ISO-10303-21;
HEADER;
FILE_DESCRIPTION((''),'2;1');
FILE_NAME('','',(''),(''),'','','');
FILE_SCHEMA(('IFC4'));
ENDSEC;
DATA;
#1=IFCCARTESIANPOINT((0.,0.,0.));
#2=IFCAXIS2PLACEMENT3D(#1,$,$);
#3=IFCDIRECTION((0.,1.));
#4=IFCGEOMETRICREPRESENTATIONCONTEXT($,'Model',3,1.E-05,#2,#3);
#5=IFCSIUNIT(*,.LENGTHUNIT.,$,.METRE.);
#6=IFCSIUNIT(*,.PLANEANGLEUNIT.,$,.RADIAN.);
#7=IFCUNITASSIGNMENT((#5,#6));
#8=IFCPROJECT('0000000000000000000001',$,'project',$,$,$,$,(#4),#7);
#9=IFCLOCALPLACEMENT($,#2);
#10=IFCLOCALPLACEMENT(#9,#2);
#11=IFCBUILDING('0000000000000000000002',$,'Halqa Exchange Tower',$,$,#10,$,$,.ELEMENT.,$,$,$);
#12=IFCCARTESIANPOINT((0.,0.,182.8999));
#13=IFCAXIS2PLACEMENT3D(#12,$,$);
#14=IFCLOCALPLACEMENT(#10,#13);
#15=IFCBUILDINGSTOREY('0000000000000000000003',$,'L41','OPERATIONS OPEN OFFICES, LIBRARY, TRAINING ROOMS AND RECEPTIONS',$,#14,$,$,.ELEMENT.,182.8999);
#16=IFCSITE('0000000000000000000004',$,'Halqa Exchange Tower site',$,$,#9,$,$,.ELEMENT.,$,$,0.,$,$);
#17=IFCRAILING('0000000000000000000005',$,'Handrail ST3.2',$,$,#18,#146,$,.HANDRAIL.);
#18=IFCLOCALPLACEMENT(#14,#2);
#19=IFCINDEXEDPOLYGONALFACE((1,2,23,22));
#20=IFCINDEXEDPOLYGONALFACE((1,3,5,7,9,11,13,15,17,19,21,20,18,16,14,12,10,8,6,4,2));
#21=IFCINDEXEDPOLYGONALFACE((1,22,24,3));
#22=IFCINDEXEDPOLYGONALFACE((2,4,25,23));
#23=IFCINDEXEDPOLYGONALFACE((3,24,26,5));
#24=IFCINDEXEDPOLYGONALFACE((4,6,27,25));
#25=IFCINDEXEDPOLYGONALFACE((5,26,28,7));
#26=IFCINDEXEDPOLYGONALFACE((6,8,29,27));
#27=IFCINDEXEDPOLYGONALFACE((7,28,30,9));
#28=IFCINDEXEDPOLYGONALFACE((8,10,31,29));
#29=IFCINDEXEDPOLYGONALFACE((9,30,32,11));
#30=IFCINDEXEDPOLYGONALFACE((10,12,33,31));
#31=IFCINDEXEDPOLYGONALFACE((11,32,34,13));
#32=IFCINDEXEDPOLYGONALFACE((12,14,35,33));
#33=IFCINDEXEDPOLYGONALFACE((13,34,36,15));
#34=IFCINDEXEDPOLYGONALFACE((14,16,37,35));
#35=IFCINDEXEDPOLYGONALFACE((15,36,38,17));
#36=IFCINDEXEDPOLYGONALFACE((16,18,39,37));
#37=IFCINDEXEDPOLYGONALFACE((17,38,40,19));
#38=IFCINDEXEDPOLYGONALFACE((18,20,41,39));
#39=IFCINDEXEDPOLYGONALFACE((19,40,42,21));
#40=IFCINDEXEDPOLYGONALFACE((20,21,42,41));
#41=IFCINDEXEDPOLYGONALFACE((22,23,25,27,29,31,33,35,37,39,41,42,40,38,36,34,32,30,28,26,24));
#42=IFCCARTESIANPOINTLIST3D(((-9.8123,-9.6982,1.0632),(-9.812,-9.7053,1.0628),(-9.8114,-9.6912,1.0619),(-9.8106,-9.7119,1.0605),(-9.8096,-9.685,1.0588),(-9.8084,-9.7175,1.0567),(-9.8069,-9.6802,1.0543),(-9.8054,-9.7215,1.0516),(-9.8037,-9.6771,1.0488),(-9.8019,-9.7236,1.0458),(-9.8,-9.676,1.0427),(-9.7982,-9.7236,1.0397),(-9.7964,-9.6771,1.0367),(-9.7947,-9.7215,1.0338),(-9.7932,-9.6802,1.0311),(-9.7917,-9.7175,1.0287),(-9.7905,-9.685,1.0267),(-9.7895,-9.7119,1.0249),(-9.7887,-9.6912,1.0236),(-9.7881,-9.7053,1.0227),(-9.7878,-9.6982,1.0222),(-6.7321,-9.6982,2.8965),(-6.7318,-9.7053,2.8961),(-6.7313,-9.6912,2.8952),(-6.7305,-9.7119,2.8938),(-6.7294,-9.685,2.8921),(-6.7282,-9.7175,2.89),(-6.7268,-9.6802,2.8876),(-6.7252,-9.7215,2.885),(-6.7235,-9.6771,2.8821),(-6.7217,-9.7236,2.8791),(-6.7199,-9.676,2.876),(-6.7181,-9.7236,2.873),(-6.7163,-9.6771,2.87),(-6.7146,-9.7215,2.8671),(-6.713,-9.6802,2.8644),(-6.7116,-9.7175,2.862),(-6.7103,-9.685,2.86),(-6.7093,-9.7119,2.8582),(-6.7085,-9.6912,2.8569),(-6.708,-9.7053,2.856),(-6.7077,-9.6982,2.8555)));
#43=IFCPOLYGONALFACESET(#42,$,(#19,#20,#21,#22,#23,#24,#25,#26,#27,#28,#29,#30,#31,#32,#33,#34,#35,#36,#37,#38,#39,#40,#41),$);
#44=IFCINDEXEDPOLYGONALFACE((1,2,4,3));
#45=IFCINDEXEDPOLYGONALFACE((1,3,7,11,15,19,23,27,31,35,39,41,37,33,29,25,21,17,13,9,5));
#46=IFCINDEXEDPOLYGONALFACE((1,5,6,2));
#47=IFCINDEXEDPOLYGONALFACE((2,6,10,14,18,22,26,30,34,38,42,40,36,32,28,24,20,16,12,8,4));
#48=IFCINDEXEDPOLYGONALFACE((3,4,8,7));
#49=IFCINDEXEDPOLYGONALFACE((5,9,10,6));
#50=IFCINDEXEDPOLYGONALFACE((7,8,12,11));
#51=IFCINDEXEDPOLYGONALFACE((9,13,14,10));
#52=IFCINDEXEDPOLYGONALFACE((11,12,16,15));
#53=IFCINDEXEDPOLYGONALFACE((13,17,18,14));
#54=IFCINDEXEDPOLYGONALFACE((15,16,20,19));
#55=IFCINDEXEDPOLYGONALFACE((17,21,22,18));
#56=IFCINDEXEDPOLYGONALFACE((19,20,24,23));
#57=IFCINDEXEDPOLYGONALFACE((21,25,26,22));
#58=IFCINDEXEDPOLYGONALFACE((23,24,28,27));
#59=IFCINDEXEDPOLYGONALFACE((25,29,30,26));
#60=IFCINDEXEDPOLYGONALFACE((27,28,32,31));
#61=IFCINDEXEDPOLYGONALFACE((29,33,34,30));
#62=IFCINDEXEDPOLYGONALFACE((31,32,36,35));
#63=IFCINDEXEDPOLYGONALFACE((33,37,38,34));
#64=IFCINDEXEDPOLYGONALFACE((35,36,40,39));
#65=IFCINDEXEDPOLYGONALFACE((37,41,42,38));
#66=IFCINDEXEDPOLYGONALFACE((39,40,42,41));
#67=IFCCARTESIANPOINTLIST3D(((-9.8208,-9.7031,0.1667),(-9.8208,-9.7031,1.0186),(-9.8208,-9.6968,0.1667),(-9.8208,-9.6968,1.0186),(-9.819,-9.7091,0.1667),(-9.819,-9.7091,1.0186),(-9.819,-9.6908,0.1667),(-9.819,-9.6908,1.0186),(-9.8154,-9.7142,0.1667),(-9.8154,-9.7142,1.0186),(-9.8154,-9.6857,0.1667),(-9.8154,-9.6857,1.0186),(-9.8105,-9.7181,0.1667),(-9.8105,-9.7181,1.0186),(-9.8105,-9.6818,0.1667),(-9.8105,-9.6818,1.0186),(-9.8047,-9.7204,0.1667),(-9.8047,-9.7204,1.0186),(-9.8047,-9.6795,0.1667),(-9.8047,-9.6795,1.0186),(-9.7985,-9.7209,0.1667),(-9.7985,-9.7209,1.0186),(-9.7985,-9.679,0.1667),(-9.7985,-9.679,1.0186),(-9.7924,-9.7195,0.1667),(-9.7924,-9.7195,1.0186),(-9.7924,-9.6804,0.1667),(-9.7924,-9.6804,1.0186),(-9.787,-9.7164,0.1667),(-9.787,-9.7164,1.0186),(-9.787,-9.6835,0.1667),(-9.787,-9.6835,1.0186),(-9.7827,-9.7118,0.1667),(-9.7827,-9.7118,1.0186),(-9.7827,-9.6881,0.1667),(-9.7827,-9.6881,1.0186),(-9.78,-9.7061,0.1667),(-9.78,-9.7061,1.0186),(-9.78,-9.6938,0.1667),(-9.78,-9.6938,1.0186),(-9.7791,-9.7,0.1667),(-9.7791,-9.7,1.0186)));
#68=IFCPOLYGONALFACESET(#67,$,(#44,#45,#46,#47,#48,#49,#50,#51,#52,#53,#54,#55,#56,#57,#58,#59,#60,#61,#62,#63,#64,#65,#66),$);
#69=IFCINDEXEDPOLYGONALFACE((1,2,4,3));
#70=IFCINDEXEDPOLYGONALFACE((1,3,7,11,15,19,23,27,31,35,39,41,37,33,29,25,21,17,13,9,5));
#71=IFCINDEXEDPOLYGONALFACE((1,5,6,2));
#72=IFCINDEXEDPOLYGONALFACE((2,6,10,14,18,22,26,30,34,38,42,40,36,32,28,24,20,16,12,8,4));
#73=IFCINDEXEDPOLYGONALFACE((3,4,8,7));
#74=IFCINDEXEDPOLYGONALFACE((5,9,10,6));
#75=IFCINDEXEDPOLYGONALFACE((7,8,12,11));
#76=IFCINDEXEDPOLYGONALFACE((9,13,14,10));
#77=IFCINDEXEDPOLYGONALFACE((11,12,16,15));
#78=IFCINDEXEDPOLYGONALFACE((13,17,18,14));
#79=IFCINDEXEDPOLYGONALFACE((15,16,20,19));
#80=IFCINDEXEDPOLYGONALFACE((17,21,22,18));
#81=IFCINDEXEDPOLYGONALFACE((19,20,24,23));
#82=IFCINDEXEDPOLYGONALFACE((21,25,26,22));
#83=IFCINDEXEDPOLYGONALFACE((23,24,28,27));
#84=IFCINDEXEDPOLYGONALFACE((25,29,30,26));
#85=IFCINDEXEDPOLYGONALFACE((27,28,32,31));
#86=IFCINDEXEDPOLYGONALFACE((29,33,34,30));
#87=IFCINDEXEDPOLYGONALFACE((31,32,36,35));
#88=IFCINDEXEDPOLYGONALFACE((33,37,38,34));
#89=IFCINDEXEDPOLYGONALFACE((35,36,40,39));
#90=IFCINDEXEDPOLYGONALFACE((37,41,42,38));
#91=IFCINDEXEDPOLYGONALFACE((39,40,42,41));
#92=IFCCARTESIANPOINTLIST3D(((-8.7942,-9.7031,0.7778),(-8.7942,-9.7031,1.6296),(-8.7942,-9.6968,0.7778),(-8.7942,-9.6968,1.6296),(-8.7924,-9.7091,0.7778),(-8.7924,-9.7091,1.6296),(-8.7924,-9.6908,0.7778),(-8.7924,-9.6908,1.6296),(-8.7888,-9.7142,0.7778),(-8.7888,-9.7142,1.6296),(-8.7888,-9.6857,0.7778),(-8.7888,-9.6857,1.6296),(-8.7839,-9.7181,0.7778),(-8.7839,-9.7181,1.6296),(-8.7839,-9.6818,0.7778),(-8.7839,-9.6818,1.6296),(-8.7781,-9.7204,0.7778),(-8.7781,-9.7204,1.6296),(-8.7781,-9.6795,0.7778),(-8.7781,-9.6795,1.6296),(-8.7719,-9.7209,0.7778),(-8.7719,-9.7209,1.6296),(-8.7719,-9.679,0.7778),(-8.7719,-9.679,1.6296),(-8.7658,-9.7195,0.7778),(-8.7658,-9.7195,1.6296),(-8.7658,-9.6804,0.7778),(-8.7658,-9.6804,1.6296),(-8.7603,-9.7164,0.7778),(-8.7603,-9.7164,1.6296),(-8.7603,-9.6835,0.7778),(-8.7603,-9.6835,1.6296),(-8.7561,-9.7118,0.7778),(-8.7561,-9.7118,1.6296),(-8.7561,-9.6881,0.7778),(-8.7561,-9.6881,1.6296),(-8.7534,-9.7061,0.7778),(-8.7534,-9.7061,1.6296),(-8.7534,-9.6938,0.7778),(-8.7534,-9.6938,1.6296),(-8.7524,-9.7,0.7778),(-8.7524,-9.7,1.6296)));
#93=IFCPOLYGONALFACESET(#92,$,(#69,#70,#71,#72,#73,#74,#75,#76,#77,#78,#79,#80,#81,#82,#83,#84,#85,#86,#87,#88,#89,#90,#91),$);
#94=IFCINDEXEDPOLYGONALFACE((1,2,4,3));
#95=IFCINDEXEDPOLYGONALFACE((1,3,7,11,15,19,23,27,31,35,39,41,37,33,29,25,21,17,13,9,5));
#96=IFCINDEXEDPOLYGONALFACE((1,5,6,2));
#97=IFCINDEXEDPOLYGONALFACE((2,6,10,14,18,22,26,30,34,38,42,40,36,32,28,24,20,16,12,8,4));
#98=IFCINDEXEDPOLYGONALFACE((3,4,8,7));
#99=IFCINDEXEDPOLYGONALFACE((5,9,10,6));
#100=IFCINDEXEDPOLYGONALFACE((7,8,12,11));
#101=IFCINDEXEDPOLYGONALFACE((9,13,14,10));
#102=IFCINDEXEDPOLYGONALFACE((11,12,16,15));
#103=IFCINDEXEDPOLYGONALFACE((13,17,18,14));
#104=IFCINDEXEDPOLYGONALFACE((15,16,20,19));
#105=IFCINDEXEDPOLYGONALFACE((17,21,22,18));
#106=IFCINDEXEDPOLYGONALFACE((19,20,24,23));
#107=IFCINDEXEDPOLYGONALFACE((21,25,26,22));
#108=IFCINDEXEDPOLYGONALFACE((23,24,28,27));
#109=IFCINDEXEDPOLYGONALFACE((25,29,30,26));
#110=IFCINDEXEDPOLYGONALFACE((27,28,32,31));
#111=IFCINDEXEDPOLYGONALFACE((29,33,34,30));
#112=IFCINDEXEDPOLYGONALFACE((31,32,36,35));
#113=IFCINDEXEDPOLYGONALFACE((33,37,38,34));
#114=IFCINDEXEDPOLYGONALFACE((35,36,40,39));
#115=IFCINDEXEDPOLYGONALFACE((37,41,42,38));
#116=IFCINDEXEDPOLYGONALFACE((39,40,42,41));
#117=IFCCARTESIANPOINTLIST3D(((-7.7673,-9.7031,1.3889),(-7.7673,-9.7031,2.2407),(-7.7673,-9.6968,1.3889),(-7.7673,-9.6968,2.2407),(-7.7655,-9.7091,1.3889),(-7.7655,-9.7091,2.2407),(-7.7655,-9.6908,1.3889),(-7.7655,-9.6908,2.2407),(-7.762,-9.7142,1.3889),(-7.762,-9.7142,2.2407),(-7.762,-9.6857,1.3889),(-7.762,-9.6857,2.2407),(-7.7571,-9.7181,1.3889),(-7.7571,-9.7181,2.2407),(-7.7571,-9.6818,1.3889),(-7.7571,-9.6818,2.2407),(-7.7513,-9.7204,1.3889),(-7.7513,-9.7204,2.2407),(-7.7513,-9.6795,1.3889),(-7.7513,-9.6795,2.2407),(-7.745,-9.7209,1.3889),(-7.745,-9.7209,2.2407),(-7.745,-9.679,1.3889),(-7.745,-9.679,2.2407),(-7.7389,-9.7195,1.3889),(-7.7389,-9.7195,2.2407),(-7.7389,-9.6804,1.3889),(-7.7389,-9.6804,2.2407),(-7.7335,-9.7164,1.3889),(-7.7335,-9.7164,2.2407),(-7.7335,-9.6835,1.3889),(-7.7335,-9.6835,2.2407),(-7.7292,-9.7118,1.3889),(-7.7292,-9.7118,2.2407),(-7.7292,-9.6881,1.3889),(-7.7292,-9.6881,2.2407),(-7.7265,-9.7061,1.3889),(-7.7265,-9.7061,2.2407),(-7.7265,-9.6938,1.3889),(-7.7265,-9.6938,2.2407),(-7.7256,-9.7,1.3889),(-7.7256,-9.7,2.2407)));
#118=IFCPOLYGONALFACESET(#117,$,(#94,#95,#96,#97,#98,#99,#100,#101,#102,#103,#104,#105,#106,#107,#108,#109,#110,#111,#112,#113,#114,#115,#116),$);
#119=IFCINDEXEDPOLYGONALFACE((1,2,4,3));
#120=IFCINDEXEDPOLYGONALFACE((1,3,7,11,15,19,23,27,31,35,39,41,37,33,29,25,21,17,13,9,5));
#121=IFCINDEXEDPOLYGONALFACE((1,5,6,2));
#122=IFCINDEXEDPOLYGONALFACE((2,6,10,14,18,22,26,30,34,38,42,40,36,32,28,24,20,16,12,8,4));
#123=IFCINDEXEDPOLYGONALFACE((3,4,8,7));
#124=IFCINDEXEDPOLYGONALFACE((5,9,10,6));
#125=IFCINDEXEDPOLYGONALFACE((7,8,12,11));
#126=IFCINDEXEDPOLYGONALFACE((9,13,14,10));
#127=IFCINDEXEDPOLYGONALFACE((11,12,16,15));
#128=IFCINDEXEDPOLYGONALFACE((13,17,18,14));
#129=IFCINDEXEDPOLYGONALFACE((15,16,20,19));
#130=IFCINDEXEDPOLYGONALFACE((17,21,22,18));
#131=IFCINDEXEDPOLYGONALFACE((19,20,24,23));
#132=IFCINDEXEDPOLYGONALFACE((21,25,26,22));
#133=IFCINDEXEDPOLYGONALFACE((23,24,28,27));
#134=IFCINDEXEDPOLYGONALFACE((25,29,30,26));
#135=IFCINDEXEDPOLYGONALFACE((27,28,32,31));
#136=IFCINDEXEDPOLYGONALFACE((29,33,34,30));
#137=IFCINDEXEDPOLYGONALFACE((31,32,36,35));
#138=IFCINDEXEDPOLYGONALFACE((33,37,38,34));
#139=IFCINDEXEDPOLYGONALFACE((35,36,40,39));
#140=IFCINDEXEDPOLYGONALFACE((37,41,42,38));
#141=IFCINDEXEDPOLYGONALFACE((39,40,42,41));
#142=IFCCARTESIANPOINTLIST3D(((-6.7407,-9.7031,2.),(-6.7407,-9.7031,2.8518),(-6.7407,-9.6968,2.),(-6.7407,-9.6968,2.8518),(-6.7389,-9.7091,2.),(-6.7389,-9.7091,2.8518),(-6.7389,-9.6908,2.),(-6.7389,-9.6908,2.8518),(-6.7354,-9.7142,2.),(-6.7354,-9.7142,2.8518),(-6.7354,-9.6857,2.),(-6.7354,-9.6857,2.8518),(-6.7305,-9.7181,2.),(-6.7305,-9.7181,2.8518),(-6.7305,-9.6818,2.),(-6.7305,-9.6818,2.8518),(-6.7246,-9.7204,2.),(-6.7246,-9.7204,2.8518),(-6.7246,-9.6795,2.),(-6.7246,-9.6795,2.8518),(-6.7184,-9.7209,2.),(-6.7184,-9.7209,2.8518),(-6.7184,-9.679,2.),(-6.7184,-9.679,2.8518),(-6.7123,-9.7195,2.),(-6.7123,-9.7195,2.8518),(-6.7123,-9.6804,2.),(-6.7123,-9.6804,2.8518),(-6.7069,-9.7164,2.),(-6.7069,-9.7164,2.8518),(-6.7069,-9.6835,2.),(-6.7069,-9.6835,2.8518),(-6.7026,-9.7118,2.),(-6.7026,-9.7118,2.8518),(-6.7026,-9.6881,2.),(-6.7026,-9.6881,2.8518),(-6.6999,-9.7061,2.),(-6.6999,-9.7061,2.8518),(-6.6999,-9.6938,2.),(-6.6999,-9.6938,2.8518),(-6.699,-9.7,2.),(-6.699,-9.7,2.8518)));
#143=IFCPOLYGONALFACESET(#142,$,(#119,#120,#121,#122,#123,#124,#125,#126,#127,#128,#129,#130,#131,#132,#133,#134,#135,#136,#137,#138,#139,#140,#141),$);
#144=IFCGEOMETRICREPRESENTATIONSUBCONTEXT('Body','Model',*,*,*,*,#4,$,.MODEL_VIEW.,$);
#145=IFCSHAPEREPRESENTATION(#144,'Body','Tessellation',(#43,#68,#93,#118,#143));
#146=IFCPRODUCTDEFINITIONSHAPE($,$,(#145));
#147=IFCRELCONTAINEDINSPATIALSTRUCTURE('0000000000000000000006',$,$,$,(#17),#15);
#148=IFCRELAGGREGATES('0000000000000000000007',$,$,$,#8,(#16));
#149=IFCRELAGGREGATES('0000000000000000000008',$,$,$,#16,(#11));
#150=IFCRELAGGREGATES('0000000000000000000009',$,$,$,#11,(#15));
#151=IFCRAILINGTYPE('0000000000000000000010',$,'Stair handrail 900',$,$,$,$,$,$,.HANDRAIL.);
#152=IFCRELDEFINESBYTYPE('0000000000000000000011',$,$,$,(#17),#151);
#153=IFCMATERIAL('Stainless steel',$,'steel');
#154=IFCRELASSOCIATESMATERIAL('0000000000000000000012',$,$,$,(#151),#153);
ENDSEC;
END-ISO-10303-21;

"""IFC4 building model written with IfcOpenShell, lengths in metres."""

from ifc_helpers import new_model, si_unit, direction, frame, origin, origin_2d, place, context, subcontext, project, spatial, circle, extrude, material, type_object, element, save


model = new_model("IFC4")

# Units and contexts
model_context = context("Model", 3, precision=1e-05, world=origin(), true_north=direction((0.0, 1.0)))
body_context = subcontext(model_context, "Body", "Model", "MODEL_VIEW")
ifc_project = project(units=[si_unit("LENGTHUNIT", "METRE"), si_unit("PLANEANGLEUNIT", "RADIAN")], contexts=[model_context])

# Site, building, storey
site_placement = place(None, origin())
site = spatial("IfcSite", under=ifc_project, at=site_placement, Name="Halqa Exchange Tower site", CompositionType="ELEMENT", RefElevation=0.0)
building_placement = place(site_placement, origin())
building = spatial("IfcBuilding", under=site, at=building_placement, Name="Halqa Exchange Tower", CompositionType="ELEMENT")
storey_placement = place(building_placement, frame((0.0, 0.0, 182.8999)))
storey = spatial("IfcBuildingStorey", under=building, at=storey_placement, Name="L41", Description="OPERATIONS OPEN OFFICES, LIBRARY, TRAINING ROOMS AND RECEPTIONS", CompositionType="ELEMENT", Elevation=182.8999)

# Shared definitions
ifc_material_1 = material(Name="Stainless steel", Category="steel")

# Railing
railing_type_1 = type_object("IfcRailingType", Name="Stair handrail 900", PredefinedType="HANDRAIL", material=ifc_material_1)
railing_1_placement = place(storey_placement, frame((-9.8, -9.7, 0.1667)))
element("IfcRailing", 1, at=railing_1_placement, inside=storey, type_object=railing_type_1, Name="Handrail ST3.2", PredefinedType="HANDRAIL", context=body_context, shape_type="SweptSolid", body=[
    extrude(circle(Radius=0.0239, at=origin_2d()), frame((0.0, 0.0, 0.876), z_axis=(0.859309, 0.0, 0.511458), x_axis=(0.0, 1.0, 0.0)), (0.0, 0.0, 1.0), 3.5845),
    extrude(circle(Radius=0.021, at=origin_2d()), origin(), (0.0, 0.0, 1.0), 0.8518),
    extrude(circle(Radius=0.021, at=origin_2d()), frame((1.0266, 0.0, 0.6111)), (0.0, 0.0, 1.0), 0.8518),
    extrude(circle(Radius=0.021, at=origin_2d()), frame((2.0535, 0.0, 1.2222)), (0.0, 0.0, 1.0), 0.8518),
    extrude(circle(Radius=0.021, at=origin_2d()), frame((3.0801, 0.0, 1.8333)), (0.0, 0.0, 1.0), 0.8518),
])

save(model, "model.ifc")
